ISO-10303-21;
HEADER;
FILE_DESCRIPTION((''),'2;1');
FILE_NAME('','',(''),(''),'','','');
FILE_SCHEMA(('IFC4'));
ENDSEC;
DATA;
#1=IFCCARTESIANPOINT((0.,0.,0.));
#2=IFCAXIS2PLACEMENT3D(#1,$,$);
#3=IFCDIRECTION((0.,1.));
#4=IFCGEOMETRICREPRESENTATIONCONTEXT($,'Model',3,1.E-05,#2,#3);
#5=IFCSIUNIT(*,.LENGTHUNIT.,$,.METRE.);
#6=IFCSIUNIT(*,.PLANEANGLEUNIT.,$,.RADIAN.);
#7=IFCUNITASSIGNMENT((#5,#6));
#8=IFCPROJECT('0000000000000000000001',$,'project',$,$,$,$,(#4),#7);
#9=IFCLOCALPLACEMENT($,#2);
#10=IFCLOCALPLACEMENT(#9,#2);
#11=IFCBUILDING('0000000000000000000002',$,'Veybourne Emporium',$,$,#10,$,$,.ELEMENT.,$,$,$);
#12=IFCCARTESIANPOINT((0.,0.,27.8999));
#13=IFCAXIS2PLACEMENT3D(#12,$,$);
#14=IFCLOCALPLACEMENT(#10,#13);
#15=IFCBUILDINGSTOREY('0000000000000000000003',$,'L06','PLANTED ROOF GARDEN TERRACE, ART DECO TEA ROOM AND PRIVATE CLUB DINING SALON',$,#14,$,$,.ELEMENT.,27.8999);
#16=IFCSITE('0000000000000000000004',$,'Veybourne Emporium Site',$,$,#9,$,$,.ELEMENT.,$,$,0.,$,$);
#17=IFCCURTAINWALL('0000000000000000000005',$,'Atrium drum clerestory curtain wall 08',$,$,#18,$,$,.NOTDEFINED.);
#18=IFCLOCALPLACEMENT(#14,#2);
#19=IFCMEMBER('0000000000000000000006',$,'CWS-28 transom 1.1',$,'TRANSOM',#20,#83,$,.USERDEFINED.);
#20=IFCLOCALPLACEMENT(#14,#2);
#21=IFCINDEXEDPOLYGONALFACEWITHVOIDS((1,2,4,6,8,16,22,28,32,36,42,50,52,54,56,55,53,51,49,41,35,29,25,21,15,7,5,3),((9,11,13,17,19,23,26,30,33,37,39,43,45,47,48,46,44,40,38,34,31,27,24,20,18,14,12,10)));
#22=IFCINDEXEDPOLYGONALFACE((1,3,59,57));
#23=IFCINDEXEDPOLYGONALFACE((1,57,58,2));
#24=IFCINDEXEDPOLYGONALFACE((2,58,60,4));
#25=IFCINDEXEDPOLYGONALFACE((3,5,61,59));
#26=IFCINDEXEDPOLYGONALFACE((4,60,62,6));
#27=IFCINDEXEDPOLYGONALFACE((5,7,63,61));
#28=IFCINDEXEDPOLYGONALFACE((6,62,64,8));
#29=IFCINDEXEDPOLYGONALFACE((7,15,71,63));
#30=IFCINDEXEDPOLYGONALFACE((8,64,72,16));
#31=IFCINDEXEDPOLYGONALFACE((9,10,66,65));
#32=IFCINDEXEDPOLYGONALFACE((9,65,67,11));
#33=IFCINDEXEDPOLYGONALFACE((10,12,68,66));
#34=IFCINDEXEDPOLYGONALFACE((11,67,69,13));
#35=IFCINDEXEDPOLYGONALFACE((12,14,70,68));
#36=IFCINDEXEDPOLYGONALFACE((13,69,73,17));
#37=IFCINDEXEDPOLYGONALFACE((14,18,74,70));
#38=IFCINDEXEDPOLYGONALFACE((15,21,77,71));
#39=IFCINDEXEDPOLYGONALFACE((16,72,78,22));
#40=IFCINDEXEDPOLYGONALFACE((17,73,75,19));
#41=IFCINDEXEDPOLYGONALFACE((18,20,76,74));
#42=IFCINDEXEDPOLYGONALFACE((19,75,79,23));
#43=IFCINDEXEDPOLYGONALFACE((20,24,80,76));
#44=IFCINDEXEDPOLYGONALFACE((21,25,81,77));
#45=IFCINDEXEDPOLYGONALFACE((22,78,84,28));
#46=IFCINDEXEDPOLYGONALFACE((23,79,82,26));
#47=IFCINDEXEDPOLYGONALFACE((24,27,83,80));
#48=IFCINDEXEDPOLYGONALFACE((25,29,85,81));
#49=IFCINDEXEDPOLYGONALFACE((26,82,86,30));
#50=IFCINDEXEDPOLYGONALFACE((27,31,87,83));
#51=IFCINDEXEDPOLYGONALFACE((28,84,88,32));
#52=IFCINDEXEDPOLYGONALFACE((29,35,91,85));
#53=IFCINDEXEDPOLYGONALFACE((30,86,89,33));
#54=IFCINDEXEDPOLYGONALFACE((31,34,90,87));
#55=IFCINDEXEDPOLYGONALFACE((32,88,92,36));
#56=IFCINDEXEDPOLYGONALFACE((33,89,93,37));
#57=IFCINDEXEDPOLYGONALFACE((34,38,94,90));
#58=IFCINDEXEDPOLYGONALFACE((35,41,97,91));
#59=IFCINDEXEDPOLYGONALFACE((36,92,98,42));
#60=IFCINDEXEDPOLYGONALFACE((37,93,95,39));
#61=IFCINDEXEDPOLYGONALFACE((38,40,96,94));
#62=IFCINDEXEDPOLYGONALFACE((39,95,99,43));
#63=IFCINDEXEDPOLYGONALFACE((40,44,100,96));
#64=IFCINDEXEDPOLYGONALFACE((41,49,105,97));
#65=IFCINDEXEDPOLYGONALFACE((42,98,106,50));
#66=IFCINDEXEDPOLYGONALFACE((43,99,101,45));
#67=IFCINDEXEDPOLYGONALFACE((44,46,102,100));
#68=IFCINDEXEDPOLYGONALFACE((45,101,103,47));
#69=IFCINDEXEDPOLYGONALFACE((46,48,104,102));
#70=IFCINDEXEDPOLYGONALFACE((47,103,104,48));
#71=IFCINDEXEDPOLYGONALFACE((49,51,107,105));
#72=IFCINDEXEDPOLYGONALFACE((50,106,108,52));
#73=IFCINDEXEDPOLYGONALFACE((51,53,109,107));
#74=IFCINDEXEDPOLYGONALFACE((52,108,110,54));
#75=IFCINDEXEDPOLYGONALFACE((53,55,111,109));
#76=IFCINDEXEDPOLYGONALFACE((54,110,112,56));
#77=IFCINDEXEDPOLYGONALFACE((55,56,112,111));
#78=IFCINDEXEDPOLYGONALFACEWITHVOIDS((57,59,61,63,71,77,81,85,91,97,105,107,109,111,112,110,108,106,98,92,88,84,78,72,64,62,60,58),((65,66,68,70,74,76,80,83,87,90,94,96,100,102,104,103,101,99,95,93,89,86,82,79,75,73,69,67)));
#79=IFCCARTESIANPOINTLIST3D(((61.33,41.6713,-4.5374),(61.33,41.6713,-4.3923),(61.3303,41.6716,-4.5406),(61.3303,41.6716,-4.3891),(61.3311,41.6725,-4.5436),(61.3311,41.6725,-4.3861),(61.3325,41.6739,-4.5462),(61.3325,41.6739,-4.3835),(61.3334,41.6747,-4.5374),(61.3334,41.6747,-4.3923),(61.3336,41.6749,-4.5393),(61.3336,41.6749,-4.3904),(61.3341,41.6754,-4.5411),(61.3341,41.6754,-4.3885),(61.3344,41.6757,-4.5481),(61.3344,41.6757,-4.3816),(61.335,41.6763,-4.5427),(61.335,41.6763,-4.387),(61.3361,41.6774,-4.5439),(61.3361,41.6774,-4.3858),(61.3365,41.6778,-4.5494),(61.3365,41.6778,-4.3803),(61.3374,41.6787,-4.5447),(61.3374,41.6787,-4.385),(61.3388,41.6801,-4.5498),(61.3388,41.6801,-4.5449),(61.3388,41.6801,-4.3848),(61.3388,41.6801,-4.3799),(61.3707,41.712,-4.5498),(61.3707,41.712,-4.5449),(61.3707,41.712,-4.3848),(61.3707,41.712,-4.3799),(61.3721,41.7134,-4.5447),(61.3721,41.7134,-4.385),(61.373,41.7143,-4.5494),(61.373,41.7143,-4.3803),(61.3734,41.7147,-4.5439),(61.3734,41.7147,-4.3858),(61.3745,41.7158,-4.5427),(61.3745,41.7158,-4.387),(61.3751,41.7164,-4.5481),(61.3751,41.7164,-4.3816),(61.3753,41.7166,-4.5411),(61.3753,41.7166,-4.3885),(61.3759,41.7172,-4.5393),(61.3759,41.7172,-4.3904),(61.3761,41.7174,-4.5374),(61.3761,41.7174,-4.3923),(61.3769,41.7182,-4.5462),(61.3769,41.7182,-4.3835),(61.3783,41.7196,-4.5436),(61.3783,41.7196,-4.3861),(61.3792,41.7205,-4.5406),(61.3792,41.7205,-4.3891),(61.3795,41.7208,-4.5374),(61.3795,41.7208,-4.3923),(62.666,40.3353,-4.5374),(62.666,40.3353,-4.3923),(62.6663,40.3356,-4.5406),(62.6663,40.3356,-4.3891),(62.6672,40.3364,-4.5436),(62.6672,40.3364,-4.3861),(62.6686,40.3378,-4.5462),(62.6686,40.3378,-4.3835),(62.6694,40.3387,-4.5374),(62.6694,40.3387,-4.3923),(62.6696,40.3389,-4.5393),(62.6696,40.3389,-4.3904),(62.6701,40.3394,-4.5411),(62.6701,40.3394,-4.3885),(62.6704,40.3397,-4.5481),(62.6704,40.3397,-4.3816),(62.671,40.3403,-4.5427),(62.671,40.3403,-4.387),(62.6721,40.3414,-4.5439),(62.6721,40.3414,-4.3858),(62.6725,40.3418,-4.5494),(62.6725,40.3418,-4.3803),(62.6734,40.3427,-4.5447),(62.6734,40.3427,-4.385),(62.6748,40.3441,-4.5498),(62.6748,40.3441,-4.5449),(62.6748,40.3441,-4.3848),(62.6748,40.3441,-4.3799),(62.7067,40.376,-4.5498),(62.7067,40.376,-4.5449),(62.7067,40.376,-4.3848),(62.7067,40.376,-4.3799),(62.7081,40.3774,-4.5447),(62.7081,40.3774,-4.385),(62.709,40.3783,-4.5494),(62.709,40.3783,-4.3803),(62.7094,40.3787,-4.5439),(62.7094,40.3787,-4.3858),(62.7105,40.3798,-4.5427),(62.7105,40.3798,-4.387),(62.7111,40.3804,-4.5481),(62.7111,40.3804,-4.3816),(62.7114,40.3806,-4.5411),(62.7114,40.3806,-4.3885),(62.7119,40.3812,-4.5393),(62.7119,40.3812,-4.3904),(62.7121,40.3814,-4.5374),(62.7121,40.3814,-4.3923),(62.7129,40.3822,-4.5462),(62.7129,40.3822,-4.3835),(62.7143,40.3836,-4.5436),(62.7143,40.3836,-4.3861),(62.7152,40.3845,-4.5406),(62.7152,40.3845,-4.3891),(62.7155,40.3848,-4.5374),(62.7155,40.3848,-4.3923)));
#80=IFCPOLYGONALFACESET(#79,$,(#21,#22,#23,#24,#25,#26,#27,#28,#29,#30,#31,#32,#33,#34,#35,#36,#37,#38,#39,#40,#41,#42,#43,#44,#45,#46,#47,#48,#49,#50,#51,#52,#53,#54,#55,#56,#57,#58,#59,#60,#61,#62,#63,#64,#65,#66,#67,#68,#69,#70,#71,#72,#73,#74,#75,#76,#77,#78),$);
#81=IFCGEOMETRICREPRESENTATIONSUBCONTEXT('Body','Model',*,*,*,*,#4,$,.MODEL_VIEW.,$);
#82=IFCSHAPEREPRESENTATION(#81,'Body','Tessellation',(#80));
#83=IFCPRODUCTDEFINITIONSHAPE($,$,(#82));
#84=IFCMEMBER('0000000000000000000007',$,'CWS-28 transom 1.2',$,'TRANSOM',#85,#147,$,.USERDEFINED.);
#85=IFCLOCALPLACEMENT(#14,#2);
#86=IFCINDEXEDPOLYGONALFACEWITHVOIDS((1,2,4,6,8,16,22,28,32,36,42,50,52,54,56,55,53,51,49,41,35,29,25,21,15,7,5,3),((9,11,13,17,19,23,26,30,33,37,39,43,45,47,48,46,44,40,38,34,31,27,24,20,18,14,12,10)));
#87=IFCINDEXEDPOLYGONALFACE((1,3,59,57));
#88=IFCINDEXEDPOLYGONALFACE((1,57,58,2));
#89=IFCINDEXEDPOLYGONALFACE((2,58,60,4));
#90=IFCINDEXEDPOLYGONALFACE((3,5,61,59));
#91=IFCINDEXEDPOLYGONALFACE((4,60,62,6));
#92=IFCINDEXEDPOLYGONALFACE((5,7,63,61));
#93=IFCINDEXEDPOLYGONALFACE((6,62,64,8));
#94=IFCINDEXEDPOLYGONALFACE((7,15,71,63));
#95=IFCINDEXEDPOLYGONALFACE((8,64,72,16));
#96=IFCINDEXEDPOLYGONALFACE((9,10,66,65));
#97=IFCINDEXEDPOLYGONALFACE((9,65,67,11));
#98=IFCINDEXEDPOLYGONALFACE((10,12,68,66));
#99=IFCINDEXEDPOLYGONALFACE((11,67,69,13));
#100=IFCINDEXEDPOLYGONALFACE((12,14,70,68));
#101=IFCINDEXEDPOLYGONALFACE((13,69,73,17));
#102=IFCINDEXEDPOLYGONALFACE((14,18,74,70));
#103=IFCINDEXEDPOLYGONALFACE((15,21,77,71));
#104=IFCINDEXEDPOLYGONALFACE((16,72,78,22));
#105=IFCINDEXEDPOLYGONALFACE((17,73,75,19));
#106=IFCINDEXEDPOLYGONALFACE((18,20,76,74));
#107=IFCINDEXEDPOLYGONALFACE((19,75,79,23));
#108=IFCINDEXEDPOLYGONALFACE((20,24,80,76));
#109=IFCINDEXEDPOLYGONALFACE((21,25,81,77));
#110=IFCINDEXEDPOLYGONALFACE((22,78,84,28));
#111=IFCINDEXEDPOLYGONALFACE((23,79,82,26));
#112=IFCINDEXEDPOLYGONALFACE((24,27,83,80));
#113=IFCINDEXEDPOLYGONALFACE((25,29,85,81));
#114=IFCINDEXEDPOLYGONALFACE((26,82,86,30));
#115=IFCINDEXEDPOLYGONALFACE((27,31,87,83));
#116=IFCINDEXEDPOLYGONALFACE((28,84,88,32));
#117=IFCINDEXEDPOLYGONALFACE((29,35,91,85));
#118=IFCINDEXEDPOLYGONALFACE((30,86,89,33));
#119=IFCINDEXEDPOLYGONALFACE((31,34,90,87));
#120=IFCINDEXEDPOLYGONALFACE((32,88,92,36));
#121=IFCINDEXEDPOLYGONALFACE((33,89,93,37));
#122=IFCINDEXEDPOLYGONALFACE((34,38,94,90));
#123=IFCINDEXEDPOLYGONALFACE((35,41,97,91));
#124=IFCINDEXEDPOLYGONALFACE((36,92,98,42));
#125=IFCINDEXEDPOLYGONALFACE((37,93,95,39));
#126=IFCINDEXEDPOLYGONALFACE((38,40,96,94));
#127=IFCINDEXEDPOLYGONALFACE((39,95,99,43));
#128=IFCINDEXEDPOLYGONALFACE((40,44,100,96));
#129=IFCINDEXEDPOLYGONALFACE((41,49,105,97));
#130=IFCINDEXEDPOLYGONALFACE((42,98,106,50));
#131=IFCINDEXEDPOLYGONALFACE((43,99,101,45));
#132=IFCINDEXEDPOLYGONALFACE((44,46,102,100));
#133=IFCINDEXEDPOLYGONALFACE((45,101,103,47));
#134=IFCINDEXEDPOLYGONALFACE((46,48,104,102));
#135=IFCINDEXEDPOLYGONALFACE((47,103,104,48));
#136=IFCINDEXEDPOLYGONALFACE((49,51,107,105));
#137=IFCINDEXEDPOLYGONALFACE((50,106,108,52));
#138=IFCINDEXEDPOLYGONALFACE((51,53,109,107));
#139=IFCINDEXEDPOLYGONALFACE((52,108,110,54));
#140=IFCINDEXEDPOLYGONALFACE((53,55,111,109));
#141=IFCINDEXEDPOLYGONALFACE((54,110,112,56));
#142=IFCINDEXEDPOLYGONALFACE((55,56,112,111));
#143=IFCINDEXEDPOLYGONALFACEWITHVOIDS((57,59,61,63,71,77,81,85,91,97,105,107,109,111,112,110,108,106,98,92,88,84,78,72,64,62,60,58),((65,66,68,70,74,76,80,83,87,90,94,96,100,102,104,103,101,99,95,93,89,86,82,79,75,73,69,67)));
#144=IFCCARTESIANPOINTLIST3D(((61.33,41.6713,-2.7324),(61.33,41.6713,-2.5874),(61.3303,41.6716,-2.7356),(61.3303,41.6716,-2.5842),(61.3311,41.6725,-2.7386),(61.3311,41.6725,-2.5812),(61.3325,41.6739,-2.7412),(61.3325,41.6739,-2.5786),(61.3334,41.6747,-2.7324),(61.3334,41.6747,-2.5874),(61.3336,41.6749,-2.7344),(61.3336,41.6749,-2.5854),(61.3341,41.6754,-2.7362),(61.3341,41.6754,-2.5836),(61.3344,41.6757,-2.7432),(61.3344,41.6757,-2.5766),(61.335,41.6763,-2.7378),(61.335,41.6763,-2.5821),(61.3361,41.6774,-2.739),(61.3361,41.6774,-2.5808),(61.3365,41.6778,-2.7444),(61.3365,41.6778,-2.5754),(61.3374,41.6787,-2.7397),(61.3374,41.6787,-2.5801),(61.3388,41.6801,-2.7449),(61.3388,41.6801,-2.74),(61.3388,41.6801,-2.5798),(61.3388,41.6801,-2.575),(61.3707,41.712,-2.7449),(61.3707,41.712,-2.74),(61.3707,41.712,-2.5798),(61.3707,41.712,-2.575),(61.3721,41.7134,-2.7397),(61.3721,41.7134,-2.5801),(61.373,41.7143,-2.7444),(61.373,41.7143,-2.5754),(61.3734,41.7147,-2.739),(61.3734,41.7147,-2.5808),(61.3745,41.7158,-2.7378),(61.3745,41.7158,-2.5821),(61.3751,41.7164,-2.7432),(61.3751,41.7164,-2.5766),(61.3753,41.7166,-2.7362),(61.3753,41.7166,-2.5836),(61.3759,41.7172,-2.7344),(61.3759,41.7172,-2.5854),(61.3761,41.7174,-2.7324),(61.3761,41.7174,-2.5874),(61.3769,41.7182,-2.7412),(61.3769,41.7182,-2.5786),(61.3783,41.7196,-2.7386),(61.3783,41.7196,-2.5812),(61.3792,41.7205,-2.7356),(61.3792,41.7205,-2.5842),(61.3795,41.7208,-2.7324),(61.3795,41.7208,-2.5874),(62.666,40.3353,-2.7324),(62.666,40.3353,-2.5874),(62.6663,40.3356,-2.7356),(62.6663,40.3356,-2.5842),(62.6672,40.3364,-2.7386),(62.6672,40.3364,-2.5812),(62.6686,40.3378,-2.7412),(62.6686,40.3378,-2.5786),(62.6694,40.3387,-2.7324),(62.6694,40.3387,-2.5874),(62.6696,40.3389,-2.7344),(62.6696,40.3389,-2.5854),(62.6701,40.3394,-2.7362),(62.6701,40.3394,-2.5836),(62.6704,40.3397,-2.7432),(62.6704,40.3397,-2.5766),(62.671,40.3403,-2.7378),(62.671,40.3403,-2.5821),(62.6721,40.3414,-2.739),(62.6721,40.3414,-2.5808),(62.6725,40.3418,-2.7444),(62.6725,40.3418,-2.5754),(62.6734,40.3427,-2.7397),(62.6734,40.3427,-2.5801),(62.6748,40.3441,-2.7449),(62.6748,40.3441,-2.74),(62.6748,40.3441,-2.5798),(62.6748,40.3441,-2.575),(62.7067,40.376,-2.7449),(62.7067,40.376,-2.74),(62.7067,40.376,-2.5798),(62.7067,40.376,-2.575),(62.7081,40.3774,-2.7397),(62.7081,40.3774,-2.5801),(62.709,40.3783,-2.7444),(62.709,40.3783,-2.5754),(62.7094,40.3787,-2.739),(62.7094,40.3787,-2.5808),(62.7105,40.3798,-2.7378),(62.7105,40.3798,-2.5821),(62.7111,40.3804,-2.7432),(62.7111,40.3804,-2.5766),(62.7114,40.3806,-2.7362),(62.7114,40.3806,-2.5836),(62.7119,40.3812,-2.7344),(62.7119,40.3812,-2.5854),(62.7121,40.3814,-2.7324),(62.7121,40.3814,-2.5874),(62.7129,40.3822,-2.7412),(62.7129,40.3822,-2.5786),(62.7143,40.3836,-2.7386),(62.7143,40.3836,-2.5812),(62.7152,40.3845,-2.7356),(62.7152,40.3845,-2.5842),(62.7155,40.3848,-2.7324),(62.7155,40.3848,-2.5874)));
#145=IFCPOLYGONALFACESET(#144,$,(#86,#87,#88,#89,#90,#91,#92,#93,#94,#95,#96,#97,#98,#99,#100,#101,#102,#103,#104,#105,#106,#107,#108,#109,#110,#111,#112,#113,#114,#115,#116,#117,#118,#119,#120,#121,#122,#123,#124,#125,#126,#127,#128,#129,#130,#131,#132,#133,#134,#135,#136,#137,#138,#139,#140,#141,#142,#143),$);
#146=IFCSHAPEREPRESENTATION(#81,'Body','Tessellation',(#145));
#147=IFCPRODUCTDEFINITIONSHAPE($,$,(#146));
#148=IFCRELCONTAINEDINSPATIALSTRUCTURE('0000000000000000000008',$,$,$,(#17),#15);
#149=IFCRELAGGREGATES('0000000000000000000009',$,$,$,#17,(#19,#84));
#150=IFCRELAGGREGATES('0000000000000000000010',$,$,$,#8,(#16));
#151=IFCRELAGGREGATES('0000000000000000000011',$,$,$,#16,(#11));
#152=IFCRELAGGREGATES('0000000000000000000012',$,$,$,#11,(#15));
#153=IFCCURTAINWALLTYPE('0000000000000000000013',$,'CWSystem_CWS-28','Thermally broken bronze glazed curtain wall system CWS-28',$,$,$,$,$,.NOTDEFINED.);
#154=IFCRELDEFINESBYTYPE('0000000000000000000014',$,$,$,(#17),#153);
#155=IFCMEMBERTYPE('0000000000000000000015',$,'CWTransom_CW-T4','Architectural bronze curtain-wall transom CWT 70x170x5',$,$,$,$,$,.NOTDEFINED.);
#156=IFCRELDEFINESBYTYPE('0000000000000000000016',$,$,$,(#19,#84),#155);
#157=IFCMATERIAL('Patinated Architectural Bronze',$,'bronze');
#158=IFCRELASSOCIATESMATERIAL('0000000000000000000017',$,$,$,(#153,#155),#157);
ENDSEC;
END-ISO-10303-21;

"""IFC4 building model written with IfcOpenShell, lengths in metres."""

from ifc_helpers import new_model, si_unit, direction, frame, origin, origin_2d, place, context, subcontext, project, spatial, hollow_rectangle, extrude, material, material_profile, profile_set, type_object, element, aggregate, save


model = new_model("IFC4")

# Units and contexts
model_context = context("Model", 3, precision=1e-05, world=origin(), true_north=direction((0.0, 1.0)))
body_context = subcontext(model_context, "Body", "Model", "MODEL_VIEW")
ifc_project = project(units=[si_unit("LENGTHUNIT", "METRE"), si_unit("PLANEANGLEUNIT", "RADIAN")], contexts=[model_context])

# Site, building, storey
site_placement = place(None, origin())
site = spatial("IfcSite", under=ifc_project, at=site_placement, Name="Veybourne Emporium Site", CompositionType="ELEMENT", RefElevation=0.0)
building_placement = place(site_placement, origin())
building = spatial("IfcBuilding", under=site, at=building_placement, Name="Veybourne Emporium", CompositionType="ELEMENT")
storey_placement = place(building_placement, frame((0.0, 0.0, 27.8999)))
storey = spatial("IfcBuildingStorey", under=building, at=storey_placement, Name="L06", Description="PLANTED ROOF GARDEN TERRACE, ART DECO TEA ROOM AND PRIVATE CLUB DINING SALON", CompositionType="ELEMENT", Elevation=27.8999)

# Shared definitions
ifc_material_1 = material(Name="Patinated Architectural Bronze", Category="bronze")

# Curtain wall
curtain_wall_type_1 = type_object("IfcCurtainWallType", Name="CWSystem_CWS-28", Description="Thermally broken bronze glazed curtain wall system CWS-28", PredefinedType="NOTDEFINED", material=ifc_material_1)
curtain_wall_1_placement = place(storey_placement, origin())
curtain_wall_1 = element("IfcCurtainWall", 1, at=curtain_wall_1_placement, inside=storey, type_object=curtain_wall_type_1, Name="Atrium drum clerestory curtain wall 08", PredefinedType="NOTDEFINED")

# Members
ifc_material_profile_1 = material_profile(ifc_material_1, hollow_rectangle(XDim=0.0701, YDim=0.1699, WallThickness=0.0049, InnerFilletRadius=0.0076, OuterFilletRadius=0.0125, at=origin_2d()), Name="CWT 70x170x5")
ifc_profile_set_1 = profile_set([ifc_material_profile_1], Name="Patinated Architectural Bronze")
member_type_1 = type_object("IfcMemberType", Name="CWTransom_CW-T4", Description="Architectural bronze curtain-wall transom CWT 70x170x5", PredefinedType="NOTDEFINED", material=ifc_profile_set_1)
member_1_placement = place(storey_placement, frame((61.3547, 41.696, -4.4648), z_axis=(0.707107, -0.707107, 0.0), x_axis=(0.707107, 0.707107, 0.0)))
member_1 = element("IfcMember", 2, at=member_1_placement, type_object=member_type_1, Name="CWS-28 transom 1.1", ObjectType="TRANSOM", PredefinedType="USERDEFINED", context=body_context, shape_type="SweptSolid", body=[
    extrude(hollow_rectangle(XDim=0.0701, YDim=0.1699, WallThickness=0.0049, InnerFilletRadius=0.0076, OuterFilletRadius=0.0125, at=origin_2d()), origin(), (0.0, 0.0, 1.0), 1.8894),
])
member_2_placement = place(storey_placement, frame((61.3547, 41.696, -2.6599), z_axis=(0.707107, -0.707107, 0.0), x_axis=(0.707107, 0.707107, 0.0)))
member_2 = element("IfcMember", 3, at=member_2_placement, type_object=member_type_1, Name="CWS-28 transom 1.2", ObjectType="TRANSOM", PredefinedType="USERDEFINED", context=body_context, shape_type="SweptSolid", body=[
    extrude(hollow_rectangle(XDim=0.0701, YDim=0.1699, WallThickness=0.0049, InnerFilletRadius=0.0076, OuterFilletRadius=0.0125, at=origin_2d()), origin(), (0.0, 0.0, 1.0), 1.8894),
])

aggregate(curtain_wall_1, [member_1, member_2])

save(model, "model.ifc")
